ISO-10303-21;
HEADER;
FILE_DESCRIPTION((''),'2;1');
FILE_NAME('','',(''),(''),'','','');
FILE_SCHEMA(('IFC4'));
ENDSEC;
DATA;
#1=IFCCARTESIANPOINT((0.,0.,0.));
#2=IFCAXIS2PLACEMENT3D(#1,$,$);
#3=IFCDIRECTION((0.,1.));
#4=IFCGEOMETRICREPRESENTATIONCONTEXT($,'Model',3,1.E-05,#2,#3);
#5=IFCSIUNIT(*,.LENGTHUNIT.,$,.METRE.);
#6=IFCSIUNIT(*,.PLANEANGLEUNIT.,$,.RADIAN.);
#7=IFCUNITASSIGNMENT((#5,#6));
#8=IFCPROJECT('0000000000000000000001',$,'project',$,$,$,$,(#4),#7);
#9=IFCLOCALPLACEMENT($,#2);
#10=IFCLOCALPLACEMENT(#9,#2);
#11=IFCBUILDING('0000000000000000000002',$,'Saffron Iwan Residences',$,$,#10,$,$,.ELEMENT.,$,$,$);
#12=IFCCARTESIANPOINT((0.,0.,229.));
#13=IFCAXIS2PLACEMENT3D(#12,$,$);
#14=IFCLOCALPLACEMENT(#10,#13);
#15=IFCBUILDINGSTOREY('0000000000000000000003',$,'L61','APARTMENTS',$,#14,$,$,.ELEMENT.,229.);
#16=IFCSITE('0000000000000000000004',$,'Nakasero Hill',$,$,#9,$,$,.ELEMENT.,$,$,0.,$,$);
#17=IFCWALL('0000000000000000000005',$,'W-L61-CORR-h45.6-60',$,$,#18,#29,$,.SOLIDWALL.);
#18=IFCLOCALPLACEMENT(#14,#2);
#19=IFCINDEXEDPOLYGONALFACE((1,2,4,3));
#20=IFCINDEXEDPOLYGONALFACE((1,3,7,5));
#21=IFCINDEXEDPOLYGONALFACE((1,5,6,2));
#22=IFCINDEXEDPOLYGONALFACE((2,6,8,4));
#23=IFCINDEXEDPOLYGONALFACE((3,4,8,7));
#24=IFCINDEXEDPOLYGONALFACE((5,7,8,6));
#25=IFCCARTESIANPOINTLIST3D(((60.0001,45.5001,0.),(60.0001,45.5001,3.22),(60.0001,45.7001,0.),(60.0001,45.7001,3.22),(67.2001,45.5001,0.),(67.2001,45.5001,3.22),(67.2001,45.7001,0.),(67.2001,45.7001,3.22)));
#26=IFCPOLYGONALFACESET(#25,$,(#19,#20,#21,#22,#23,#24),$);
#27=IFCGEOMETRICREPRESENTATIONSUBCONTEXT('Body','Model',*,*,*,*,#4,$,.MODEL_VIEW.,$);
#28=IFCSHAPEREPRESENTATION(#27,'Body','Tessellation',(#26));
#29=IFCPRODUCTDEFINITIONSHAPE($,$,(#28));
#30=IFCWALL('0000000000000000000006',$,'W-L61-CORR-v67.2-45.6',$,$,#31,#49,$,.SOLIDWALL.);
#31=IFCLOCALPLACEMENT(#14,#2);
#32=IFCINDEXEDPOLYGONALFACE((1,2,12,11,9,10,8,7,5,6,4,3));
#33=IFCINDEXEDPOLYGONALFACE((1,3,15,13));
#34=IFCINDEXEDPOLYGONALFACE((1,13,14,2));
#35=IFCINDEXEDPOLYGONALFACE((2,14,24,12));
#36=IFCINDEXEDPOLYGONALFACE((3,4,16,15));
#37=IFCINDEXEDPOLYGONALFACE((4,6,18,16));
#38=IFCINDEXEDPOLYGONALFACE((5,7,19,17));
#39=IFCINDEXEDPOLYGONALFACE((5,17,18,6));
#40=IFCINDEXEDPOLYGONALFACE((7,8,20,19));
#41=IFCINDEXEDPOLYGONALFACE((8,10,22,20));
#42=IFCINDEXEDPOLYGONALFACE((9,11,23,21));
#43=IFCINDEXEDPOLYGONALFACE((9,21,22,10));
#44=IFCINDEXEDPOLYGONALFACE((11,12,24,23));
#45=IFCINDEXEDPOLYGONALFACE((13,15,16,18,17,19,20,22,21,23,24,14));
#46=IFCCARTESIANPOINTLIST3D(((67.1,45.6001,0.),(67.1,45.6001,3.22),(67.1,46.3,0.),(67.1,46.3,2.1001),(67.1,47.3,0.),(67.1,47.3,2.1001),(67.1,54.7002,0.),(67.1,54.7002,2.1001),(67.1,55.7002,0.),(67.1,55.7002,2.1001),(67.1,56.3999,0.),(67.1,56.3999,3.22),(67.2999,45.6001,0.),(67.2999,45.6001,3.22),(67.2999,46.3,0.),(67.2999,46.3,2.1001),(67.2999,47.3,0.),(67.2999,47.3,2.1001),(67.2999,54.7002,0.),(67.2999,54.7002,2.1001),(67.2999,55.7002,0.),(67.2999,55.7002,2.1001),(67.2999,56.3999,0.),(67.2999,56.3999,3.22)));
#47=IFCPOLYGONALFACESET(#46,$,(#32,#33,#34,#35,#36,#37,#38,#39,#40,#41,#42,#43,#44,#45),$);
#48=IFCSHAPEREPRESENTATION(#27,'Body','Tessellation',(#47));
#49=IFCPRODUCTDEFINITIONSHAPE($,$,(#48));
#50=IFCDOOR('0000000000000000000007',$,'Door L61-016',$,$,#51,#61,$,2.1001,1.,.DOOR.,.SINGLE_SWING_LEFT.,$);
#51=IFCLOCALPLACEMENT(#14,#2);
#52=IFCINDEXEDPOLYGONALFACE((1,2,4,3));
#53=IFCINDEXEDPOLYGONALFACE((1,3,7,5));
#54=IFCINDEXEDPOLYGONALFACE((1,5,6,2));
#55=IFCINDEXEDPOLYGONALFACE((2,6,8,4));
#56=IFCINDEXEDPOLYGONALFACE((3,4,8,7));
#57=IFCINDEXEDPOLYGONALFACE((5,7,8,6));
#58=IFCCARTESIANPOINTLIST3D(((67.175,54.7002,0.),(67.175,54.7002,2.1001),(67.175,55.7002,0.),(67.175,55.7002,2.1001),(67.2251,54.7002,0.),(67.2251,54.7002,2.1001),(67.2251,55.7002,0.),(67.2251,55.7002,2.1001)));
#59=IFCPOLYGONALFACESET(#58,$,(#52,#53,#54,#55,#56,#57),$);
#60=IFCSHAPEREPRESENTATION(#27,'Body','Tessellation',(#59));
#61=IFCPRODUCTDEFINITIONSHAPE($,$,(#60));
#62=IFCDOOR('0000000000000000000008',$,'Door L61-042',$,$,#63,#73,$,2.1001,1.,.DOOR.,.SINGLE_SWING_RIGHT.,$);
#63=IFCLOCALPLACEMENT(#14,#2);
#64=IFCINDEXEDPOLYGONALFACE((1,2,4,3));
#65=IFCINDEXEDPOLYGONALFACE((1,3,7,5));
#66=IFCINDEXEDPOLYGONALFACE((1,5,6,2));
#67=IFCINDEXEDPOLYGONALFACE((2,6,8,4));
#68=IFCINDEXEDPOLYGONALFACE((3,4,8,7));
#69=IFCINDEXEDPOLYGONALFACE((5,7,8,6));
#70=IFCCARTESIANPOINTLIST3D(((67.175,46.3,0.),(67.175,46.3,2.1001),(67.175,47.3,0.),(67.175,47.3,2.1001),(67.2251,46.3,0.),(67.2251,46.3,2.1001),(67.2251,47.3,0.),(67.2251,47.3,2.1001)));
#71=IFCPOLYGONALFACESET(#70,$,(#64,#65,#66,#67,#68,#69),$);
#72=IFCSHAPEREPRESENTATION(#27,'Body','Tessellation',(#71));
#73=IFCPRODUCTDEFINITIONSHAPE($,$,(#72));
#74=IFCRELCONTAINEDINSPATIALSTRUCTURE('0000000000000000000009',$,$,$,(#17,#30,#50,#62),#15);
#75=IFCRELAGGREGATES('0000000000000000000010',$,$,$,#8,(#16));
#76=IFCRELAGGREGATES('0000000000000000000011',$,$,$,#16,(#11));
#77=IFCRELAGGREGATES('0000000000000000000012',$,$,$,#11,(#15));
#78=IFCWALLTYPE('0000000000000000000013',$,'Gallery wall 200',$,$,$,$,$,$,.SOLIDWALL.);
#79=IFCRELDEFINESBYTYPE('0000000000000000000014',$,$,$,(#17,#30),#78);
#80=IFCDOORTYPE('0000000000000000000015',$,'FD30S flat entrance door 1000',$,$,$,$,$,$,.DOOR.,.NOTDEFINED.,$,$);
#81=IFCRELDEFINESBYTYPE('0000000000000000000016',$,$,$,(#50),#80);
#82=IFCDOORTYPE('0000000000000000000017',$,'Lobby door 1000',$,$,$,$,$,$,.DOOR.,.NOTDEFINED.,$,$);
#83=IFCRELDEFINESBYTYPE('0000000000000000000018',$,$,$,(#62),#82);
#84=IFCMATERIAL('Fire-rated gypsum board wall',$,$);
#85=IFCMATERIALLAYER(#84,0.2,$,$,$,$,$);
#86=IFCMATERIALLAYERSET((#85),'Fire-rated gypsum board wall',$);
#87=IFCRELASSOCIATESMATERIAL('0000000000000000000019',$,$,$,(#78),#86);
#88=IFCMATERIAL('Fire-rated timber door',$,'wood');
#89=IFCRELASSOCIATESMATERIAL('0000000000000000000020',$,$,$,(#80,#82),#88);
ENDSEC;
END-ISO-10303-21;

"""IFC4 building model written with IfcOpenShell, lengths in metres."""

from ifc_helpers import new_model, si_unit, direction, frame, frame_2d, origin, place, context, subcontext, project, spatial, rectangle, extrude, material, layer, layer_set, type_object, element, fill, save


model = new_model("IFC4")

# Units and contexts
model_context = context("Model", 3, precision=1e-05, world=origin(), true_north=direction((0.0, 1.0)))
body_context = subcontext(model_context, "Body", "Model", "MODEL_VIEW")
ifc_project = project(units=[si_unit("LENGTHUNIT", "METRE"), si_unit("PLANEANGLEUNIT", "RADIAN")], contexts=[model_context])

# Site, building, storey
site_placement = place(None, origin())
site = spatial("IfcSite", under=ifc_project, at=site_placement, Name="Nakasero Hill", CompositionType="ELEMENT", RefElevation=0.0)
building_placement = place(site_placement, origin())
building = spatial("IfcBuilding", under=site, at=building_placement, Name="Saffron Iwan Residences", CompositionType="ELEMENT")
storey_placement = place(building_placement, frame((0.0, 0.0, 229.0)))
storey = spatial("IfcBuildingStorey", under=building, at=storey_placement, Name="L61", Description="APARTMENTS", CompositionType="ELEMENT", Elevation=229.0)

# Wall
ifc_material_1 = material(Name="Fire-rated gypsum board wall")
ifc_layer_1 = layer(ifc_material_1, 0.2)
ifc_layer_set_1 = layer_set([ifc_layer_1], Name="Fire-rated gypsum board wall")
wall_type_1 = type_object("IfcWallType", Name="Gallery wall 200", PredefinedType="SOLIDWALL", material=ifc_layer_set_1)
wall_1_placement = place(storey_placement, frame((60.0, 45.6001, 0.0), z_axis=(0.0, 0.0, 1.0), x_axis=(1.0, 0.0, 0.0)))
element("IfcWall", 1, at=wall_1_placement, inside=storey, type_object=wall_type_1, Name="W-L61-CORR-h45.6-60", PredefinedType="SOLIDWALL", context=body_context, shape_type="SweptSolid", body=[
    extrude(rectangle(XDim=7.2, YDim=0.2, at=frame_2d((3.6001, 0.0))), origin(), (0.0, 0.0, 1.0), 3.22),
])

# Wall, openings, doors
wall_2_placement = place(storey_placement, frame((67.2, 45.6001, 0.0), z_axis=(0.0, 0.0, 1.0), x_axis=(0.0, 1.0, 0.0)))
wall_2 = element("IfcWall", 2, at=wall_2_placement, inside=storey, type_object=wall_type_1, Name="W-L61-CORR-v67.2-45.6", PredefinedType="SOLIDWALL", context=body_context, shape_type="SweptSolid", body=[
    extrude(rectangle(XDim=10.7998, YDim=0.2, at=frame_2d((5.3999, 0.0))), origin(), (0.0, 0.0, 1.0), 3.22),
])
opening_1_placement = place(wall_2_placement, frame((9.1001, 0.0, 0.0)))
opening_1 = element("IfcOpeningElement", 3, at=opening_1_placement, cuts=wall_2, PredefinedType="OPENING", context=body_context, shape_type="SweptSolid", body=[
    extrude(rectangle(XDim=1.0, YDim=2.1001, at=frame_2d((0.5, 1.05))), frame((0.0, 0.1099, 0.0), z_axis=(0.0, -1.0, 0.0), x_axis=(1.0, 0.0, 0.0)), (0.0, 0.0, 1.0), 0.22),
])
opening_2_placement = place(wall_2_placement, frame((0.7, 0.0, 0.0)))
opening_2 = element("IfcOpeningElement", 4, at=opening_2_placement, cuts=wall_2, PredefinedType="OPENING", context=body_context, shape_type="SweptSolid", body=[
    extrude(rectangle(XDim=1.0, YDim=2.1001, at=frame_2d((0.5, 1.05))), frame((0.0, 0.1099, 0.0), z_axis=(0.0, -1.0, 0.0), x_axis=(1.0, 0.0, 0.0)), (0.0, 0.0, 1.0), 0.22),
])
ifc_material_2 = material(Name="Fire-rated timber door", Category="wood")
door_type_1 = type_object("IfcDoorType", Name="FD30S flat entrance door 1000", OperationType="NOTDEFINED", PredefinedType="DOOR", material=ifc_material_2)
door_1_placement = place(opening_1_placement, origin())
door_1 = element("IfcDoor", 5, at=door_1_placement, inside=storey, type_object=door_type_1, Name="Door L61-016", OperationType="SINGLE_SWING_LEFT", OverallHeight=2.1001, OverallWidth=1.0, PredefinedType="DOOR", context=body_context, shape_type="SweptSolid", body=[
    extrude(rectangle(XDim=1.0, YDim=2.1001, at=frame_2d((0.5, 1.05))), frame((0.0, 0.0249, 0.0), z_axis=(0.0, -1.0, 0.0), x_axis=(1.0, 0.0, 0.0)), (0.0, 0.0, 1.0), 0.05),
])
fill(opening_1, door_1)
door_type_2 = type_object("IfcDoorType", Name="Lobby door 1000", OperationType="NOTDEFINED", PredefinedType="DOOR", material=ifc_material_2)
door_2_placement = place(opening_2_placement, origin())
door_2 = element("IfcDoor", 6, at=door_2_placement, inside=storey, type_object=door_type_2, Name="Door L61-042", OperationType="SINGLE_SWING_RIGHT", OverallHeight=2.1001, OverallWidth=1.0, PredefinedType="DOOR", context=body_context, shape_type="SweptSolid", body=[
    extrude(rectangle(XDim=1.0, YDim=2.1001, at=frame_2d((0.5, 1.05))), frame((0.0, 0.0249, 0.0), z_axis=(0.0, -1.0, 0.0), x_axis=(1.0, 0.0, 0.0)), (0.0, 0.0, 1.0), 0.05),
])
fill(opening_2, door_2)

save(model, "model.ifc")
